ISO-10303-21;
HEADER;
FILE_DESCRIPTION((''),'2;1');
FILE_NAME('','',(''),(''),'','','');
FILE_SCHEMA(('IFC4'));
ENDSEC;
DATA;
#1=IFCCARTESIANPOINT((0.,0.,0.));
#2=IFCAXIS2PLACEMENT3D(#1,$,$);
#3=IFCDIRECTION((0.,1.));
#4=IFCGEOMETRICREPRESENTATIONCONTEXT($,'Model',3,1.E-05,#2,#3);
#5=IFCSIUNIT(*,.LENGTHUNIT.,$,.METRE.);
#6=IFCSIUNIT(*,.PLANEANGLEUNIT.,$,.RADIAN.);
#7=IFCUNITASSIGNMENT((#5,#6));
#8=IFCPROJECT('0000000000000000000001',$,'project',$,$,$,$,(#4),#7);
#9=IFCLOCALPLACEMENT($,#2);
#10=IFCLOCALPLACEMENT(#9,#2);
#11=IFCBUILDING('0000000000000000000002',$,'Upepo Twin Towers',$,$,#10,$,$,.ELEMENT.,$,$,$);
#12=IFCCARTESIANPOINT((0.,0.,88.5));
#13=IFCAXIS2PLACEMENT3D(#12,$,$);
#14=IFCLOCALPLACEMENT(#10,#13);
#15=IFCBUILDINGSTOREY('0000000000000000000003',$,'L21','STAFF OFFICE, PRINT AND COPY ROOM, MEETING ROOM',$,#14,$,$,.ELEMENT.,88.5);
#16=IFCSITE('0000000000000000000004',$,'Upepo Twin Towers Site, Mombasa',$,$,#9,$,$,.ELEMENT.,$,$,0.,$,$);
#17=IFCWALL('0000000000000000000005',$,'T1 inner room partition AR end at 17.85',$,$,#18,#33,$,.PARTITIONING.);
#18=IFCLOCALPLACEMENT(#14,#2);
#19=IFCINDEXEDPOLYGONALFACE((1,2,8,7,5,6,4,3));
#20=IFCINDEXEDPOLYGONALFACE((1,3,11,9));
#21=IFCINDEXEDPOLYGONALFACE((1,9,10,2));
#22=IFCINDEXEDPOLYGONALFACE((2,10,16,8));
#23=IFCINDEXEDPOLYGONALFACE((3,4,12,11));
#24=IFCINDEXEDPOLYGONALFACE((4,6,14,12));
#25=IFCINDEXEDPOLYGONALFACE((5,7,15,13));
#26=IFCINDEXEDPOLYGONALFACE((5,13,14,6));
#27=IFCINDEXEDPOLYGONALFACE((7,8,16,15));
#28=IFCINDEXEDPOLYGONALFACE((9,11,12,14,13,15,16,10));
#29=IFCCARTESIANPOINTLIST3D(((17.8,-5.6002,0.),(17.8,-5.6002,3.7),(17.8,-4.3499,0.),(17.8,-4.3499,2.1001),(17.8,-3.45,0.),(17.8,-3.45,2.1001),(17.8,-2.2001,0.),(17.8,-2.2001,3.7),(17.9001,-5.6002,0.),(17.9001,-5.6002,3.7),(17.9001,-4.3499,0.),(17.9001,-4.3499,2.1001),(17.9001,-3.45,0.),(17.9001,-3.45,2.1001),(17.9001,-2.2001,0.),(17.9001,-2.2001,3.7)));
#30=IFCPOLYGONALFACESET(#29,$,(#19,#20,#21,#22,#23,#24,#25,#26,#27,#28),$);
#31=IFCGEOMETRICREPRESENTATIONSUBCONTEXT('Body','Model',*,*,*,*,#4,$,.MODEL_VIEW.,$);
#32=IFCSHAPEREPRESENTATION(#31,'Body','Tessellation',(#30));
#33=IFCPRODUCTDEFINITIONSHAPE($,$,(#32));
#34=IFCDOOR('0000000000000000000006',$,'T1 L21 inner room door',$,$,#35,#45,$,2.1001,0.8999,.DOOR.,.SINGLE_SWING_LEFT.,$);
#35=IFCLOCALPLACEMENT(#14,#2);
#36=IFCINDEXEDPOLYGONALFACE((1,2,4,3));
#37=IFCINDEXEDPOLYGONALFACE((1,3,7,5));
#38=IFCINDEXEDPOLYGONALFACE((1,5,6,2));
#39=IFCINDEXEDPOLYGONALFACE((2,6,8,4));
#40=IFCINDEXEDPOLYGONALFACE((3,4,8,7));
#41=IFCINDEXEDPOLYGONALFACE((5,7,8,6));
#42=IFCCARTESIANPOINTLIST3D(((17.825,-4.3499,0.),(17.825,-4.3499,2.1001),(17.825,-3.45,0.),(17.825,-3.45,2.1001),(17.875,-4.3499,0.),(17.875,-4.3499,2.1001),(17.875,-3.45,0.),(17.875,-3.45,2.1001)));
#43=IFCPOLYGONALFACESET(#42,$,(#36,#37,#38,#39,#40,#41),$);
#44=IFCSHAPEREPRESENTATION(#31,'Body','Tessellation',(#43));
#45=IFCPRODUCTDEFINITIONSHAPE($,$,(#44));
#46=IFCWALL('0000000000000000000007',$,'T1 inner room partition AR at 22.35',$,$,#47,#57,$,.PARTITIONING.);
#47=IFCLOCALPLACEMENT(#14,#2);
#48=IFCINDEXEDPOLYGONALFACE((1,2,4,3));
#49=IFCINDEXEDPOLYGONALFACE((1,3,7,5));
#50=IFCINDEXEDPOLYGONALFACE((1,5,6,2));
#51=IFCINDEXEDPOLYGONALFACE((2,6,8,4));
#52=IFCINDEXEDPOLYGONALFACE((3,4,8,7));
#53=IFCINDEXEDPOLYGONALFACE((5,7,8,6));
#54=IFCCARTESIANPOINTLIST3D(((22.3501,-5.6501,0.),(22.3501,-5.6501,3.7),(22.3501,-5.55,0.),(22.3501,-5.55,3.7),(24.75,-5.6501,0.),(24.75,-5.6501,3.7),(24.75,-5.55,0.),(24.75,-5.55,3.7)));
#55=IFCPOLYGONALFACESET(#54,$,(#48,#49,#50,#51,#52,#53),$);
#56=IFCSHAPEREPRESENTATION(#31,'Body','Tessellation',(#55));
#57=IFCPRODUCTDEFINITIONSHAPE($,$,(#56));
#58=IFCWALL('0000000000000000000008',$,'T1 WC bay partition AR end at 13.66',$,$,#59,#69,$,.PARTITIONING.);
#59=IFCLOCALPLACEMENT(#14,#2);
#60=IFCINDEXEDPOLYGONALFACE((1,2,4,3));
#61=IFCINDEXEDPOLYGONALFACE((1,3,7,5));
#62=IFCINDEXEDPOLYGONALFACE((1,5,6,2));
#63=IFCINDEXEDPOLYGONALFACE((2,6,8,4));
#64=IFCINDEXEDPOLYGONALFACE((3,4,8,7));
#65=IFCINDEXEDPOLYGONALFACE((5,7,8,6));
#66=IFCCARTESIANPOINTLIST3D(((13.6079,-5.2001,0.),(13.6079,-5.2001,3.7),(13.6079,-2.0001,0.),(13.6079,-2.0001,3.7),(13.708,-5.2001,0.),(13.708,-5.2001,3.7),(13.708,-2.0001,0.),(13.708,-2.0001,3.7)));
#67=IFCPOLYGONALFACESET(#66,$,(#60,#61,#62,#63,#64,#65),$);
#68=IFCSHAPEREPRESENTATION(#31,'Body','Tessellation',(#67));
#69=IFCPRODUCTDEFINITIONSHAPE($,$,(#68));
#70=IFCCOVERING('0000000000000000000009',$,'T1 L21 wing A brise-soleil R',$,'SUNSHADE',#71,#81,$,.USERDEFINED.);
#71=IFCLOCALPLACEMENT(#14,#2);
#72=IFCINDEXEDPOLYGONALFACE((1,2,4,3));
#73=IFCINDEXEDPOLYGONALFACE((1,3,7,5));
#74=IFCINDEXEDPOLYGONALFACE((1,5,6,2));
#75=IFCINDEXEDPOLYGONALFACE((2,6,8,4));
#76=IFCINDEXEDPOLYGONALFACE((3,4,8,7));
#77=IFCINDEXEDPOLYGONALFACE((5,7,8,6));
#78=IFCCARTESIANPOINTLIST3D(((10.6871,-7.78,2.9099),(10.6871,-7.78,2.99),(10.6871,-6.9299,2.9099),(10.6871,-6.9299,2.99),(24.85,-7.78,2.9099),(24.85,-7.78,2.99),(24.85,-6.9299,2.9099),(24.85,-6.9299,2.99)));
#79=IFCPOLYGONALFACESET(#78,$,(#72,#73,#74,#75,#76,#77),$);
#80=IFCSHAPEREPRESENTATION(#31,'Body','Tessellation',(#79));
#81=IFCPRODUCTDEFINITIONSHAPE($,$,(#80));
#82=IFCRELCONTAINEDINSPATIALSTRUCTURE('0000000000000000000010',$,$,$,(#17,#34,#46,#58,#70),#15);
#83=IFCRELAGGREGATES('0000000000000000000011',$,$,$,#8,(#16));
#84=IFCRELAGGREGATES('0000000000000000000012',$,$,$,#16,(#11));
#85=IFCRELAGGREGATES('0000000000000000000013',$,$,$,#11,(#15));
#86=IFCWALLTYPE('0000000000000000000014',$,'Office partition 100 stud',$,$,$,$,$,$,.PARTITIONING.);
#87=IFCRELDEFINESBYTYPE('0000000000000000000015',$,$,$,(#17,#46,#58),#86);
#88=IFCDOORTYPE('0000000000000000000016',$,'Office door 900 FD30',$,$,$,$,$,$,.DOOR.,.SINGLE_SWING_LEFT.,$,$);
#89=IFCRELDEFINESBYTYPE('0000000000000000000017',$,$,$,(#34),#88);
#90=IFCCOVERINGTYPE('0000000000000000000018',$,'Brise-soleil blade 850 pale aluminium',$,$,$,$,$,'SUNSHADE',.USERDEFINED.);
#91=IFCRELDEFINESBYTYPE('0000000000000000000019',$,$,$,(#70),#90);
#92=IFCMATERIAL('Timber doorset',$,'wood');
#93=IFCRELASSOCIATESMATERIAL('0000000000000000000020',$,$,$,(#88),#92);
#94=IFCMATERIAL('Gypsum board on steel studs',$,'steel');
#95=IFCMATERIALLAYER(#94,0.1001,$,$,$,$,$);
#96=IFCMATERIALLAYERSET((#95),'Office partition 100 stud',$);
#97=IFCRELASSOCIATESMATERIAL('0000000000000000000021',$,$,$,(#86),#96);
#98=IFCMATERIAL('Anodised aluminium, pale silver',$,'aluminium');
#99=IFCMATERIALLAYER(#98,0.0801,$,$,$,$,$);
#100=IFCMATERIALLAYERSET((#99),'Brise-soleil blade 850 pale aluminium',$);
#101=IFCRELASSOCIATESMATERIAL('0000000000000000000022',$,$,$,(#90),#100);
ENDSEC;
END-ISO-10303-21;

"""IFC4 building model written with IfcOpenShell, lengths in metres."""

from ifc_helpers import new_model, si_unit, direction, frame, frame_2d, origin, origin_2d, place, context, subcontext, project, spatial, rectangle, extrude, material, layer, layer_set, type_object, element, fill, save


model = new_model("IFC4")

# Units and contexts
model_context = context("Model", 3, precision=1e-05, world=origin(), true_north=direction((0.0, 1.0)))
body_context = subcontext(model_context, "Body", "Model", "MODEL_VIEW")
ifc_project = project(units=[si_unit("LENGTHUNIT", "METRE"), si_unit("PLANEANGLEUNIT", "RADIAN")], contexts=[model_context])

# Site, building, storey
site_placement = place(None, origin())
site = spatial("IfcSite", under=ifc_project, at=site_placement, Name="Upepo Twin Towers Site, Mombasa", CompositionType="ELEMENT", RefElevation=0.0)
building_placement = place(site_placement, origin())
building = spatial("IfcBuilding", under=site, at=building_placement, Name="Upepo Twin Towers", CompositionType="ELEMENT")
storey_placement = place(building_placement, frame((0.0, 0.0, 88.5)))
storey = spatial("IfcBuildingStorey", under=building, at=storey_placement, Name="L21", Description="STAFF OFFICE, PRINT AND COPY ROOM, MEETING ROOM", CompositionType="ELEMENT", Elevation=88.5)

# Shared definitions
ifc_material_1 = material(Name="Timber doorset", Category="wood")
door_type_1 = type_object("IfcDoorType", Name="Office door 900 FD30", OperationType="SINGLE_SWING_LEFT", PredefinedType="DOOR", material=ifc_material_1)

# Shared definitions
ifc_material_2 = material(Name="Gypsum board on steel studs", Category="steel")
ifc_layer_1 = layer(ifc_material_2, 0.1001)
ifc_layer_set_1 = layer_set([ifc_layer_1], Name="Office partition 100 stud")
wall_type_1 = type_object("IfcWallType", Name="Office partition 100 stud", PredefinedType="PARTITIONING", material=ifc_layer_set_1)

# Wall, opening, door
wall_1_placement = place(storey_placement, frame((17.8501, -2.2, 0.0), z_axis=(0.0, 0.0, 1.0), x_axis=(0.0, -1.0, 0.0)))
wall_1 = element("IfcWall", 1, at=wall_1_placement, inside=storey, type_object=wall_type_1, Name="T1 inner room partition AR end at 17.85", PredefinedType="PARTITIONING", context=body_context, shape_type="SweptSolid", body=[
    extrude(rectangle(XDim=3.4001, YDim=0.1001, at=frame_2d((1.7002, 0.0))), origin(), (0.0, 0.0, 1.0), 3.7),
])
opening_1_placement = place(wall_1_placement, frame((1.25, 0.0, 0.0)))
opening_1 = element("IfcOpeningElement", 2, at=opening_1_placement, cuts=wall_1, PredefinedType="OPENING", context=body_context, shape_type="SweptSolid", body=[
    extrude(rectangle(XDim=0.8999, YDim=2.1001, at=frame_2d((0.45, 1.05))), frame((0.0, 0.0601, 0.0), z_axis=(0.0, -1.0, 0.0), x_axis=(1.0, 0.0, 0.0)), (0.0, 0.0, 1.0), 0.1201),
])
door_1_placement = place(opening_1_placement, origin())
door_1 = element("IfcDoor", 3, at=door_1_placement, inside=storey, type_object=door_type_1, Name="T1 L21 inner room door", OperationType="SINGLE_SWING_LEFT", OverallHeight=2.1001, OverallWidth=0.8999, PredefinedType="DOOR", context=body_context, shape_type="SweptSolid", body=[
    extrude(rectangle(XDim=0.8999, YDim=2.1001, at=frame_2d((0.45, 1.05))), frame((0.0, 0.0249, 0.0), z_axis=(0.0, -1.0, 0.0), x_axis=(1.0, 0.0, 0.0)), (0.0, 0.0, 1.0), 0.05),
])
fill(opening_1, door_1)

# Walls
wall_2_placement = place(storey_placement, frame((22.3501, -5.6001, 0.0), z_axis=(0.0, 0.0, 1.0), x_axis=(1.0, 0.0, 0.0)))
element("IfcWall", 4, at=wall_2_placement, inside=storey, type_object=wall_type_1, Name="T1 inner room partition AR at 22.35", PredefinedType="PARTITIONING", context=body_context, shape_type="SweptSolid", body=[
    extrude(rectangle(XDim=2.3999, YDim=0.1001, at=frame_2d((1.2, 0.0))), origin(), (0.0, 0.0, 1.0), 3.7),
])
wall_3_placement = place(storey_placement, frame((13.658, -2.0, 0.0), z_axis=(0.0, 0.0, 1.0), x_axis=(0.0, -1.0, 0.0)))
element("IfcWall", 5, at=wall_3_placement, inside=storey, type_object=wall_type_1, Name="T1 WC bay partition AR end at 13.66", PredefinedType="PARTITIONING", context=body_context, shape_type="SweptSolid", body=[
    extrude(rectangle(XDim=3.2, YDim=0.1001, at=frame_2d((1.6001, 0.0))), origin(), (0.0, 0.0, 1.0), 3.7),
])

# Covering
ifc_material_3 = material(Name="Anodised aluminium, pale silver", Category="aluminium")
ifc_layer_2 = layer(ifc_material_3, 0.0801)
ifc_layer_set_2 = layer_set([ifc_layer_2], Name="Brise-soleil blade 850 pale aluminium")
covering_type = type_object("IfcCoveringType", Name="Brise-soleil blade 850 pale aluminium", ElementType="SUNSHADE", PredefinedType="USERDEFINED", material=ifc_layer_set_2)
covering_placement = place(storey_placement, frame((17.7686, -7.355, 2.9099), z_axis=(0.0, 0.0, 1.0), x_axis=(1.0, 0.0, 0.0)))
element("IfcCovering", 6, at=covering_placement, inside=storey, type_object=covering_type, Name="T1 L21 wing A brise-soleil R", ObjectType="SUNSHADE", PredefinedType="USERDEFINED", context=body_context, shape_type="SweptSolid", body=[
    extrude(rectangle(XDim=14.1628, YDim=0.8501, at=origin_2d()), origin(), (0.0, 0.0, 1.0), 0.0801),
])

save(model, "model.ifc")
